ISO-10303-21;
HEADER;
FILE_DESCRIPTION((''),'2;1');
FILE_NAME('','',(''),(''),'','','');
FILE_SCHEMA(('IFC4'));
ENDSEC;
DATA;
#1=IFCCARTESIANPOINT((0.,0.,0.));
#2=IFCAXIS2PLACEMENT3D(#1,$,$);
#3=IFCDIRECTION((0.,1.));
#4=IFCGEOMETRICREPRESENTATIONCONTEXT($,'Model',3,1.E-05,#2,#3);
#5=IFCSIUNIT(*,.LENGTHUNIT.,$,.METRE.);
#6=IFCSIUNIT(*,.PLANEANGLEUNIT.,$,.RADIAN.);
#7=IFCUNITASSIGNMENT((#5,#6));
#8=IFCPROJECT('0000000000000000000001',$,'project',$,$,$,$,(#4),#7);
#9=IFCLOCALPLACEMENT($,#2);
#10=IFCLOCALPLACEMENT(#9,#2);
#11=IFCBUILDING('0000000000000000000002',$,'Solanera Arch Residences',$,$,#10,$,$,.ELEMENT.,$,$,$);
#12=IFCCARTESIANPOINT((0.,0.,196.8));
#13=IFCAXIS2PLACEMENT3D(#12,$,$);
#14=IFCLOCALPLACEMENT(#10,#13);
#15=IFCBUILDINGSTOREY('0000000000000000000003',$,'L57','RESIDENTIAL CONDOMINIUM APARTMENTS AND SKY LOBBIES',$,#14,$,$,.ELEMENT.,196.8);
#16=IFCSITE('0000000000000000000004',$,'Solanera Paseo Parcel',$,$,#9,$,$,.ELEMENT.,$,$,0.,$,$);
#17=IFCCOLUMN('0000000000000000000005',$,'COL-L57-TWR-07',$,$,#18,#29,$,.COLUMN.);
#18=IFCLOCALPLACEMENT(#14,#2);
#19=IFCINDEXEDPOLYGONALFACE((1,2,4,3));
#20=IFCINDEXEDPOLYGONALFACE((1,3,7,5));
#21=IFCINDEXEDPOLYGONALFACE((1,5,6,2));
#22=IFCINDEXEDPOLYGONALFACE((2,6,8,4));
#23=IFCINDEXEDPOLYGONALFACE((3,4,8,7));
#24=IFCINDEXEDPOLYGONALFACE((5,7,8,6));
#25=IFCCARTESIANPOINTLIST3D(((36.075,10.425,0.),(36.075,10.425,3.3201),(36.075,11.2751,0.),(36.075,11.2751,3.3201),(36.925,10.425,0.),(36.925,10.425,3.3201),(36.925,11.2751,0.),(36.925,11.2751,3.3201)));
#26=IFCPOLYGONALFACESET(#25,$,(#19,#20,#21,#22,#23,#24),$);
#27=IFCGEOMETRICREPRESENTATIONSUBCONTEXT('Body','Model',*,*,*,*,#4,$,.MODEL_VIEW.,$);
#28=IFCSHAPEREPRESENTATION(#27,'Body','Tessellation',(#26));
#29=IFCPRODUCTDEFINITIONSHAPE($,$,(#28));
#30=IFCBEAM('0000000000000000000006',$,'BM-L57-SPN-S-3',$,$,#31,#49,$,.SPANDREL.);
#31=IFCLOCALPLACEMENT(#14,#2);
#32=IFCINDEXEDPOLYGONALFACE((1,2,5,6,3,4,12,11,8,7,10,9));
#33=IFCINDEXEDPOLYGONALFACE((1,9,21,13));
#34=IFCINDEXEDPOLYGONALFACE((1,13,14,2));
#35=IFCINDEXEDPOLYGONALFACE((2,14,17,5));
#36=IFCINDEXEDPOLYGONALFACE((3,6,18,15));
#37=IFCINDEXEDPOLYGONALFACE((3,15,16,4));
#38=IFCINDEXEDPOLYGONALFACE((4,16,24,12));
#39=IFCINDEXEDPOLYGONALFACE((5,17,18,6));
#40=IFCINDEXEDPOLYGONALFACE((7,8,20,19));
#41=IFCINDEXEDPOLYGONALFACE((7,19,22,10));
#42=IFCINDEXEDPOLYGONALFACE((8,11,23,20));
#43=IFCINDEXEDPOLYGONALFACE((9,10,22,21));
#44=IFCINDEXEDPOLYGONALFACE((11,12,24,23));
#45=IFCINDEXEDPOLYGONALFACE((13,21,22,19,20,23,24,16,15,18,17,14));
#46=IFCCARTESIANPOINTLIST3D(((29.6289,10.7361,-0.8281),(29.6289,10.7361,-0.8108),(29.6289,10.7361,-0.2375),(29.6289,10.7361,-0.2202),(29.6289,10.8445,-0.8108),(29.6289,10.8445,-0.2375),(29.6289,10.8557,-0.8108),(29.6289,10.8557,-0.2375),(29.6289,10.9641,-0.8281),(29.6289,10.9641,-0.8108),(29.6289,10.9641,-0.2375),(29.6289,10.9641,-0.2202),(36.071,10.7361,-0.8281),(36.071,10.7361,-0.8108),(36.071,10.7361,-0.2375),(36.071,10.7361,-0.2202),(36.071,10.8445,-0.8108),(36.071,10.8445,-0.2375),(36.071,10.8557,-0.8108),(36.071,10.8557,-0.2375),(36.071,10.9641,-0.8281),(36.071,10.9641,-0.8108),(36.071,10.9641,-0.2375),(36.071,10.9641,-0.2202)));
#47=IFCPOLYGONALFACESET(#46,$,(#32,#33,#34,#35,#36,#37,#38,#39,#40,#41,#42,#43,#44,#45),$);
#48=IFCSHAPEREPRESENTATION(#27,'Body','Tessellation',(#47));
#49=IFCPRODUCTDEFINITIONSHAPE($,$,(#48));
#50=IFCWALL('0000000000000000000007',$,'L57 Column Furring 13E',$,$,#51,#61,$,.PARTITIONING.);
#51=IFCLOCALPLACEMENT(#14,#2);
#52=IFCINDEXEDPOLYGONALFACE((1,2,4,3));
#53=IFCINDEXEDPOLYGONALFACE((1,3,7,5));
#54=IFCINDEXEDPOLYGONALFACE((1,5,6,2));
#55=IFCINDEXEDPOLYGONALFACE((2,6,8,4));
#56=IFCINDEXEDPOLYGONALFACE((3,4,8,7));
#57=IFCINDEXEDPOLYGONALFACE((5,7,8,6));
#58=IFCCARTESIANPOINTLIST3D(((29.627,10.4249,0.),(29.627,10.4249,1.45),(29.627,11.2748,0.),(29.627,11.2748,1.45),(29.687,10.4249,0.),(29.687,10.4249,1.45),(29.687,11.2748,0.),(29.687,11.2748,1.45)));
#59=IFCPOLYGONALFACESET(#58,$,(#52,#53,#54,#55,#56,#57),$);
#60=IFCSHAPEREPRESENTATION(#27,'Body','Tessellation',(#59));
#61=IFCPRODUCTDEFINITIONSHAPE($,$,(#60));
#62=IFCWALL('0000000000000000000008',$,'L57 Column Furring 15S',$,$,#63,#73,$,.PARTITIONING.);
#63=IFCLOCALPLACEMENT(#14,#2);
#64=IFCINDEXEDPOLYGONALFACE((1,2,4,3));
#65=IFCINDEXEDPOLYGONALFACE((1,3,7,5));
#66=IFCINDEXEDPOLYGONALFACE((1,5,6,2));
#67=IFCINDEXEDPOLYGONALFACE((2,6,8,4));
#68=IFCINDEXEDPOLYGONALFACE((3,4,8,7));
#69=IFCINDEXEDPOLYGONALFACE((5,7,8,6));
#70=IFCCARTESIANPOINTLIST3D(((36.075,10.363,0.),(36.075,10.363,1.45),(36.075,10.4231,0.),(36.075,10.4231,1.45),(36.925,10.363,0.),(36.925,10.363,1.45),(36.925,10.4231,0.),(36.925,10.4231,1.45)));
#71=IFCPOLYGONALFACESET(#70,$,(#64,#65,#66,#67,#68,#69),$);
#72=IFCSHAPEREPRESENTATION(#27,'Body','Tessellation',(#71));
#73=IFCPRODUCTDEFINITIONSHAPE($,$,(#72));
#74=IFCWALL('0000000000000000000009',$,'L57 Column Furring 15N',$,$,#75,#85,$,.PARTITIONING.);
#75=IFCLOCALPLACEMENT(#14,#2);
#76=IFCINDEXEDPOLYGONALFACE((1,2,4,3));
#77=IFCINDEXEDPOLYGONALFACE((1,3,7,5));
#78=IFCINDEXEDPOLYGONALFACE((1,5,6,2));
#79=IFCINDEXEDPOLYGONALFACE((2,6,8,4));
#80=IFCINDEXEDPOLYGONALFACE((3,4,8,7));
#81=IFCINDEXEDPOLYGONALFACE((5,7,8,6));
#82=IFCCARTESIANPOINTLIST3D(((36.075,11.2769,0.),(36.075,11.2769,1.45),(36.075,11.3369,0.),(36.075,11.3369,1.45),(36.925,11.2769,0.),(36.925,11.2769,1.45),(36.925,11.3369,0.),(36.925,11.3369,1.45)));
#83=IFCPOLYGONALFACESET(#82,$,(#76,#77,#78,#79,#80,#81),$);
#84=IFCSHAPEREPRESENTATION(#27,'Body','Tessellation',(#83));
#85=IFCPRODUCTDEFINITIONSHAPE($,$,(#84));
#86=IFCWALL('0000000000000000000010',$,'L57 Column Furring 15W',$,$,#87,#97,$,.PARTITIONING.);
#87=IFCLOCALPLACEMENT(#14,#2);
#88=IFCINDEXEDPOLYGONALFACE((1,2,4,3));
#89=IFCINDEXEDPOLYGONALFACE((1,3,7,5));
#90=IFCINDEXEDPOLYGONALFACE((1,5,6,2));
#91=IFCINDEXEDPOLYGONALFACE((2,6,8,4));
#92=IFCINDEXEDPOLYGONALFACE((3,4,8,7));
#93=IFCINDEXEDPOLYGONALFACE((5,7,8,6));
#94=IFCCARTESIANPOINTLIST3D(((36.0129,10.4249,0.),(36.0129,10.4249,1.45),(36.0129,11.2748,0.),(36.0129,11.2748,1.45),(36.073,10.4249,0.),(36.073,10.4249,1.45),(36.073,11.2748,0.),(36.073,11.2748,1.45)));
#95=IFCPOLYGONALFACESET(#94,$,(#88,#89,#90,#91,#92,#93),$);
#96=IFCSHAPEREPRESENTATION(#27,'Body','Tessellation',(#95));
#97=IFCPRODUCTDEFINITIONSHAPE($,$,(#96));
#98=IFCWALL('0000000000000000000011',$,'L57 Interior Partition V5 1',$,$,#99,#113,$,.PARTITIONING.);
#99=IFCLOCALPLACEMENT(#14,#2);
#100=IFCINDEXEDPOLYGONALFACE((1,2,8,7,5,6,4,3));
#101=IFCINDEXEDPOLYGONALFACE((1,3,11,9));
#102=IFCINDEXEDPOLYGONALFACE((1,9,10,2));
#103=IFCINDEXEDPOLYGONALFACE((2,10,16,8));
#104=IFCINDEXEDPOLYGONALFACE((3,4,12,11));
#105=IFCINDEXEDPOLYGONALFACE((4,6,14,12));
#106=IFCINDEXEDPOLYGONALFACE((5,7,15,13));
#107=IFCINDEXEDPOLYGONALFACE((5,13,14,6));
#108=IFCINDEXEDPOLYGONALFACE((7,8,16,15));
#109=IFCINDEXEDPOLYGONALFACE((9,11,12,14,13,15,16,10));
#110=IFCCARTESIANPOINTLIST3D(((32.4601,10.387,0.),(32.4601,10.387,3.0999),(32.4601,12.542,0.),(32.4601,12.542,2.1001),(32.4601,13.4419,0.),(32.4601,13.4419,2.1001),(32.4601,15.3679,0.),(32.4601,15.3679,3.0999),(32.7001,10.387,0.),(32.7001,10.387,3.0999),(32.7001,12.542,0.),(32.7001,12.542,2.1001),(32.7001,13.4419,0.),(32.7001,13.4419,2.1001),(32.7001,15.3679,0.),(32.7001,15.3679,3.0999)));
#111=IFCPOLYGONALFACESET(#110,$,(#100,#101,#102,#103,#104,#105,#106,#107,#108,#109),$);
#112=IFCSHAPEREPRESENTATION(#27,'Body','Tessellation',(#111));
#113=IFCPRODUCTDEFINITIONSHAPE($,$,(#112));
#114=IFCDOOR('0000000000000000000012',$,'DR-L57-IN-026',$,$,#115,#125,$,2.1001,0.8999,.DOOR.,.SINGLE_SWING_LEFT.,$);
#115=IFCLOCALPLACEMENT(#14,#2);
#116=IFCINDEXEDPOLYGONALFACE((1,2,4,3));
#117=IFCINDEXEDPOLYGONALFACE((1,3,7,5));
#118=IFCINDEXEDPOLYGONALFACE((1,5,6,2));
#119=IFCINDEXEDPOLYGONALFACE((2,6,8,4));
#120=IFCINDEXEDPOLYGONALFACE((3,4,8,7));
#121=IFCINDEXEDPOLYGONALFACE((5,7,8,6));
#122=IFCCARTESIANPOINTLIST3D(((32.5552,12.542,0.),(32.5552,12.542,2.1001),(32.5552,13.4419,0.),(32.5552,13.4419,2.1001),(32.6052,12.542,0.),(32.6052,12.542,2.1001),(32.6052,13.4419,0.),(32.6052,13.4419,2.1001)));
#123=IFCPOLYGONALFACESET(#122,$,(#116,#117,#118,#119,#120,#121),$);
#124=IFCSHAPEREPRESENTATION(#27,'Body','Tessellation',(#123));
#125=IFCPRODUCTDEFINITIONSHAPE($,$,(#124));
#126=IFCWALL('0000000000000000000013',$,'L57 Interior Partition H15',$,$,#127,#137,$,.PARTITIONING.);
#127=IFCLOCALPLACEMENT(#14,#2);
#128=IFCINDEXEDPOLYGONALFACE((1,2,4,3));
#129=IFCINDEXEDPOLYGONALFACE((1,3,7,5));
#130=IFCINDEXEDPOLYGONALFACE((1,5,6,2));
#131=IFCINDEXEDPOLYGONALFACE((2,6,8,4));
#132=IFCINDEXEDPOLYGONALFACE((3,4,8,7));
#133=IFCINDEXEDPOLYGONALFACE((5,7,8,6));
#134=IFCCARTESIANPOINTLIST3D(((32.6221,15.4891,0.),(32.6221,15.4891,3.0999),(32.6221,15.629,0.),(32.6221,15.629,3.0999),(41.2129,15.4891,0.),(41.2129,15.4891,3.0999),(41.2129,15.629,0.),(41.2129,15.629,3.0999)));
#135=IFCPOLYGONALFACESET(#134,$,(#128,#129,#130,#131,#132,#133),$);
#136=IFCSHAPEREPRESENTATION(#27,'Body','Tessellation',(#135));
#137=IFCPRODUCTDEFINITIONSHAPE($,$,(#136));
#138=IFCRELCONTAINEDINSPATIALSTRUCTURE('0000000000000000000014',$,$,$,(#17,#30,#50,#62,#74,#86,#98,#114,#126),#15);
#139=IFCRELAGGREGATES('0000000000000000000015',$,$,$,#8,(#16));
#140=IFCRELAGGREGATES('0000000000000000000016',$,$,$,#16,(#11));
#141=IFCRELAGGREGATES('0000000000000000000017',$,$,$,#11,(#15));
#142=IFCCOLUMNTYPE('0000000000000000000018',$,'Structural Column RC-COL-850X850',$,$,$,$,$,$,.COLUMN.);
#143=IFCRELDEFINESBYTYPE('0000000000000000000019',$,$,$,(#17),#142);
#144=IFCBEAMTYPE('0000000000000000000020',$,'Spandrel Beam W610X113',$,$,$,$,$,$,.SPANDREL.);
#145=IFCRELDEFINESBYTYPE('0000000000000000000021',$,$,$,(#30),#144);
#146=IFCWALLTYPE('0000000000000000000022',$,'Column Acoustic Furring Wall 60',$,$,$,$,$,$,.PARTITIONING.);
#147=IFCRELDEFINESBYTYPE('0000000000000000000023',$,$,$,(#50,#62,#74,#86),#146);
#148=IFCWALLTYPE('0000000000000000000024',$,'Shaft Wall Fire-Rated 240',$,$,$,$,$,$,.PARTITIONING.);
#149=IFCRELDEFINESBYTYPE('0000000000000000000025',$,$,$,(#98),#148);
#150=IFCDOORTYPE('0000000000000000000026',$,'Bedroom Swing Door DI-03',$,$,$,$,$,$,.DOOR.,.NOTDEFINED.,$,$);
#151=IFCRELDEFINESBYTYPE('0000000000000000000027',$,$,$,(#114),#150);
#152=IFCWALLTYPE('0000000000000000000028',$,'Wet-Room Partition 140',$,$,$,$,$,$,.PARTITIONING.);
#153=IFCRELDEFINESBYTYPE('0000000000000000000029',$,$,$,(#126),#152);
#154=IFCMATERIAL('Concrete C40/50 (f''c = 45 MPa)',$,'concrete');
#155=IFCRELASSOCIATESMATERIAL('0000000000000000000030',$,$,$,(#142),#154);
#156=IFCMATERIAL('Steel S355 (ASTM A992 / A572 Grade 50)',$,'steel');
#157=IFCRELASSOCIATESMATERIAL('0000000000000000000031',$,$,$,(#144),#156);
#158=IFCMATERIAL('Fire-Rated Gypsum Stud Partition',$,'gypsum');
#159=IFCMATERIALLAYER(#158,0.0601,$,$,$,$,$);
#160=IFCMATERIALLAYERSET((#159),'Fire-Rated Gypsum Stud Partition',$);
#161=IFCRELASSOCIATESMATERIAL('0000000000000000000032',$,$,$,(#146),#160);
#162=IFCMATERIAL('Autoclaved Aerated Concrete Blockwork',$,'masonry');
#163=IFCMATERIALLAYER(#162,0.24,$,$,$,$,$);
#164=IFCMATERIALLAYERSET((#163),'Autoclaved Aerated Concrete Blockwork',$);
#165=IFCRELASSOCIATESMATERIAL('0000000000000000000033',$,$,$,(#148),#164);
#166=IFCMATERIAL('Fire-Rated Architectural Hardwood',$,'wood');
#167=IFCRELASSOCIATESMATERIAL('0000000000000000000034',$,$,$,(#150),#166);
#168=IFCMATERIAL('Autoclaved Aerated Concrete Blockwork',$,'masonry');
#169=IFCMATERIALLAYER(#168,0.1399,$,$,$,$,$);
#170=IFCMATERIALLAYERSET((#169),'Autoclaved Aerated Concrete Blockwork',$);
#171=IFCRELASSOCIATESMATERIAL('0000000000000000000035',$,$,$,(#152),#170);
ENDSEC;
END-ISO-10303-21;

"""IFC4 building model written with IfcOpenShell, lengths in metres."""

from ifc_helpers import new_model, si_unit, direction, frame, frame_2d, origin, origin_2d, place, context, subcontext, project, spatial, rectangle, i_section, extrude, material, layer, layer_set, material_profile, profile_set, type_object, element, fill, save


model = new_model("IFC4")

# Units and contexts
model_context = context("Model", 3, precision=1e-05, world=origin(), true_north=direction((0.0, 1.0)))
body_context = subcontext(model_context, "Body", "Model", "MODEL_VIEW")
ifc_project = project(units=[si_unit("LENGTHUNIT", "METRE"), si_unit("PLANEANGLEUNIT", "RADIAN")], contexts=[model_context])

# Site, building, storey
site_placement = place(None, origin())
site = spatial("IfcSite", under=ifc_project, at=site_placement, Name="Solanera Paseo Parcel", CompositionType="ELEMENT", RefElevation=0.0)
building_placement = place(site_placement, origin())
building = spatial("IfcBuilding", under=site, at=building_placement, Name="Solanera Arch Residences", CompositionType="ELEMENT")
storey_placement = place(building_placement, frame((0.0, 0.0, 196.8)))
storey = spatial("IfcBuildingStorey", under=building, at=storey_placement, Name="L57", Description="RESIDENTIAL CONDOMINIUM APARTMENTS AND SKY LOBBIES", CompositionType="ELEMENT", Elevation=196.8)

# Column
ifc_material_1 = material(Name="Concrete C40/50 (f'c = 45 MPa)", Category="concrete")
ifc_material_profile_1 = material_profile(ifc_material_1, rectangle(XDim=0.8501, YDim=0.8501, at=origin_2d()))
ifc_profile_set_1 = profile_set([ifc_material_profile_1], Name="Concrete C40/50 (f'c = 45 MPa)")
column_type = type_object("IfcColumnType", Name="Structural Column RC-COL-850X850", PredefinedType="COLUMN", material=ifc_profile_set_1)
column_placement = place(storey_placement, frame((36.5, 10.8501, 0.0), z_axis=(0.0, 0.0, 1.0), x_axis=(1.0, 0.0, 0.0)))
element("IfcColumn", 1, at=column_placement, inside=storey, type_object=column_type, Name="COL-L57-TWR-07", PredefinedType="COLUMN", context=body_context, shape_type="SweptSolid", body=[
    extrude(rectangle(XDim=0.8501, YDim=0.8501, at=origin_2d()), origin(), (0.0, 0.0, 1.0), 3.3201),
])

# Beam
ifc_material_2 = material(Name="Steel S355 (ASTM A992 / A572 Grade 50)", Category="steel")
ifc_material_profile_2 = material_profile(ifc_material_2, i_section(OverallWidth=0.228, OverallDepth=0.6079, WebThickness=0.0112, FlangeThickness=0.0173, at=origin_2d()))
ifc_profile_set_2 = profile_set([ifc_material_profile_2], Name="Steel S355 (ASTM A992 / A572 Grade 50)")
beam_type = type_object("IfcBeamType", Name="Spandrel Beam W610X113", PredefinedType="SPANDREL", material=ifc_profile_set_2)
beam_placement = place(storey_placement, frame((29.6289, 10.8501, -0.5242), z_axis=(1.0, 0.0, 0.0), x_axis=(0.0, 1.0, 0.0)))
element("IfcBeam", 2, at=beam_placement, inside=storey, type_object=beam_type, Name="BM-L57-SPN-S-3", PredefinedType="SPANDREL", context=body_context, shape_type="SweptSolid", body=[
    extrude(i_section(OverallWidth=0.228, OverallDepth=0.6079, WebThickness=0.0112, FlangeThickness=0.0173, at=origin_2d()), origin(), (0.0, 0.0, 1.0), 6.4421),
])

# Walls
ifc_material_3 = material(Name="Fire-Rated Gypsum Stud Partition", Category="gypsum")
ifc_layer_1 = layer(ifc_material_3, 0.0601)
ifc_layer_set_1 = layer_set([ifc_layer_1], Name="Fire-Rated Gypsum Stud Partition")
wall_type_1 = type_object("IfcWallType", Name="Column Acoustic Furring Wall 60", PredefinedType="PARTITIONING", material=ifc_layer_set_1)
wall_1_placement = place(storey_placement, frame((29.657, 10.425, 0.0), z_axis=(0.0, 0.0, 1.0), x_axis=(0.0, 1.0, 0.0)))
element("IfcWall", 3, at=wall_1_placement, inside=storey, type_object=wall_type_1, Name="L57 Column Furring 13E", PredefinedType="PARTITIONING", context=body_context, shape_type="SweptSolid", body=[
    extrude(rectangle(XDim=0.8499, YDim=0.0601, at=frame_2d((0.4248, 0.0))), origin(), (0.0, 0.0, 1.0), 1.45),
])
for number, where, z_axis, x_axis, name in (
    (4, (36.075, 10.3931, 0.0), (0.0, 0.0, 1.0), (1.0, 0.0, 0.0), "L57 Column Furring 15S"),
    (5, (36.075, 11.3069, 0.0), (0.0, 0.0, 1.0), (1.0, 0.0, 0.0), "L57 Column Furring 15N"),
):
    element("IfcWall", number, at=place(storey_placement, frame(where, z_axis=z_axis, x_axis=x_axis)), inside=storey, type_object=wall_type_1, Name=name, PredefinedType="PARTITIONING", context=body_context, shape_type="SweptSolid", body=[
        extrude(rectangle(XDim=0.8501, YDim=0.0601, at=frame_2d((0.425, 0.0))), origin(), (0.0, 0.0, 1.0), 1.45),
    ])
wall_2_placement = place(storey_placement, frame((36.043, 10.425, 0.0), z_axis=(0.0, 0.0, 1.0), x_axis=(0.0, 1.0, 0.0)))
element("IfcWall", 6, at=wall_2_placement, inside=storey, type_object=wall_type_1, Name="L57 Column Furring 15W", PredefinedType="PARTITIONING", context=body_context, shape_type="SweptSolid", body=[
    extrude(rectangle(XDim=0.8499, YDim=0.0601, at=frame_2d((0.4248, 0.0))), origin(), (0.0, 0.0, 1.0), 1.45),
])

# Wall, opening, door
ifc_material_4 = material(Name="Autoclaved Aerated Concrete Blockwork", Category="masonry")
ifc_layer_2 = layer(ifc_material_4, 0.24)
ifc_layer_set_2 = layer_set([ifc_layer_2], Name="Autoclaved Aerated Concrete Blockwork")
wall_type_2 = type_object("IfcWallType", Name="Shaft Wall Fire-Rated 240", PredefinedType="PARTITIONING", material=ifc_layer_set_2)
wall_3_placement = place(storey_placement, frame((32.5801, 10.387, 0.0), z_axis=(0.0, 0.0, 1.0), x_axis=(0.0, 1.0, 0.0)))
wall_3 = element("IfcWall", 7, at=wall_3_placement, inside=storey, type_object=wall_type_2, Name="L57 Interior Partition V5 1", PredefinedType="PARTITIONING", context=body_context, shape_type="SweptSolid", body=[
    extrude(rectangle(XDim=4.981, YDim=0.24, at=frame_2d((2.4905, 0.0))), origin(), (0.0, 0.0, 1.0), 3.0999),
])
opening_placement = place(wall_3_placement, frame((2.155, 0.0, 0.0)))
opening = element("IfcOpeningElement", 8, at=opening_placement, cuts=wall_3, PredefinedType="OPENING", context=body_context, shape_type="SweptSolid", body=[
    extrude(rectangle(XDim=0.8999, YDim=2.1001, at=frame_2d((0.45, 1.05))), frame((0.0, 0.1299, 0.0), z_axis=(0.0, -1.0, 0.0), x_axis=(1.0, 0.0, 0.0)), (0.0, 0.0, 1.0), 0.26),
])
ifc_material_5 = material(Name="Fire-Rated Architectural Hardwood", Category="wood")
door_type = type_object("IfcDoorType", Name="Bedroom Swing Door DI-03", OperationType="NOTDEFINED", PredefinedType="DOOR", material=ifc_material_5)
door_placement = place(opening_placement, origin())
door = element("IfcDoor", 9, at=door_placement, inside=storey, type_object=door_type, Name="DR-L57-IN-026", OperationType="SINGLE_SWING_LEFT", OverallHeight=2.1001, OverallWidth=0.8999, PredefinedType="DOOR", context=body_context, shape_type="SweptSolid", body=[
    extrude(rectangle(XDim=0.8999, YDim=2.1001, at=frame_2d((0.45, 1.05))), frame((0.0, 0.0249, 0.0), z_axis=(0.0, -1.0, 0.0), x_axis=(1.0, 0.0, 0.0)), (0.0, 0.0, 1.0), 0.05),
])
fill(opening, door)

# Wall
ifc_material_6 = material(Name="Autoclaved Aerated Concrete Blockwork", Category="masonry")
ifc_layer_3 = layer(ifc_material_6, 0.1399)
ifc_layer_set_3 = layer_set([ifc_layer_3], Name="Autoclaved Aerated Concrete Blockwork")
wall_type_3 = type_object("IfcWallType", Name="Wet-Room Partition 140", PredefinedType="PARTITIONING", material=ifc_layer_set_3)
wall_4_placement = place(storey_placement, frame((32.6221, 15.5591, 0.0), z_axis=(0.0, 0.0, 1.0), x_axis=(1.0, 0.0, 0.0)))
element("IfcWall", 10, at=wall_4_placement, inside=storey, type_object=wall_type_3, Name="L57 Interior Partition H15", PredefinedType="PARTITIONING", context=body_context, shape_type="SweptSolid", body=[
    extrude(rectangle(XDim=8.5908, YDim=0.1399, at=frame_2d((4.2954, 0.0))), origin(), (0.0, 0.0, 1.0), 3.0999),
])

save(model, "model.ifc")
